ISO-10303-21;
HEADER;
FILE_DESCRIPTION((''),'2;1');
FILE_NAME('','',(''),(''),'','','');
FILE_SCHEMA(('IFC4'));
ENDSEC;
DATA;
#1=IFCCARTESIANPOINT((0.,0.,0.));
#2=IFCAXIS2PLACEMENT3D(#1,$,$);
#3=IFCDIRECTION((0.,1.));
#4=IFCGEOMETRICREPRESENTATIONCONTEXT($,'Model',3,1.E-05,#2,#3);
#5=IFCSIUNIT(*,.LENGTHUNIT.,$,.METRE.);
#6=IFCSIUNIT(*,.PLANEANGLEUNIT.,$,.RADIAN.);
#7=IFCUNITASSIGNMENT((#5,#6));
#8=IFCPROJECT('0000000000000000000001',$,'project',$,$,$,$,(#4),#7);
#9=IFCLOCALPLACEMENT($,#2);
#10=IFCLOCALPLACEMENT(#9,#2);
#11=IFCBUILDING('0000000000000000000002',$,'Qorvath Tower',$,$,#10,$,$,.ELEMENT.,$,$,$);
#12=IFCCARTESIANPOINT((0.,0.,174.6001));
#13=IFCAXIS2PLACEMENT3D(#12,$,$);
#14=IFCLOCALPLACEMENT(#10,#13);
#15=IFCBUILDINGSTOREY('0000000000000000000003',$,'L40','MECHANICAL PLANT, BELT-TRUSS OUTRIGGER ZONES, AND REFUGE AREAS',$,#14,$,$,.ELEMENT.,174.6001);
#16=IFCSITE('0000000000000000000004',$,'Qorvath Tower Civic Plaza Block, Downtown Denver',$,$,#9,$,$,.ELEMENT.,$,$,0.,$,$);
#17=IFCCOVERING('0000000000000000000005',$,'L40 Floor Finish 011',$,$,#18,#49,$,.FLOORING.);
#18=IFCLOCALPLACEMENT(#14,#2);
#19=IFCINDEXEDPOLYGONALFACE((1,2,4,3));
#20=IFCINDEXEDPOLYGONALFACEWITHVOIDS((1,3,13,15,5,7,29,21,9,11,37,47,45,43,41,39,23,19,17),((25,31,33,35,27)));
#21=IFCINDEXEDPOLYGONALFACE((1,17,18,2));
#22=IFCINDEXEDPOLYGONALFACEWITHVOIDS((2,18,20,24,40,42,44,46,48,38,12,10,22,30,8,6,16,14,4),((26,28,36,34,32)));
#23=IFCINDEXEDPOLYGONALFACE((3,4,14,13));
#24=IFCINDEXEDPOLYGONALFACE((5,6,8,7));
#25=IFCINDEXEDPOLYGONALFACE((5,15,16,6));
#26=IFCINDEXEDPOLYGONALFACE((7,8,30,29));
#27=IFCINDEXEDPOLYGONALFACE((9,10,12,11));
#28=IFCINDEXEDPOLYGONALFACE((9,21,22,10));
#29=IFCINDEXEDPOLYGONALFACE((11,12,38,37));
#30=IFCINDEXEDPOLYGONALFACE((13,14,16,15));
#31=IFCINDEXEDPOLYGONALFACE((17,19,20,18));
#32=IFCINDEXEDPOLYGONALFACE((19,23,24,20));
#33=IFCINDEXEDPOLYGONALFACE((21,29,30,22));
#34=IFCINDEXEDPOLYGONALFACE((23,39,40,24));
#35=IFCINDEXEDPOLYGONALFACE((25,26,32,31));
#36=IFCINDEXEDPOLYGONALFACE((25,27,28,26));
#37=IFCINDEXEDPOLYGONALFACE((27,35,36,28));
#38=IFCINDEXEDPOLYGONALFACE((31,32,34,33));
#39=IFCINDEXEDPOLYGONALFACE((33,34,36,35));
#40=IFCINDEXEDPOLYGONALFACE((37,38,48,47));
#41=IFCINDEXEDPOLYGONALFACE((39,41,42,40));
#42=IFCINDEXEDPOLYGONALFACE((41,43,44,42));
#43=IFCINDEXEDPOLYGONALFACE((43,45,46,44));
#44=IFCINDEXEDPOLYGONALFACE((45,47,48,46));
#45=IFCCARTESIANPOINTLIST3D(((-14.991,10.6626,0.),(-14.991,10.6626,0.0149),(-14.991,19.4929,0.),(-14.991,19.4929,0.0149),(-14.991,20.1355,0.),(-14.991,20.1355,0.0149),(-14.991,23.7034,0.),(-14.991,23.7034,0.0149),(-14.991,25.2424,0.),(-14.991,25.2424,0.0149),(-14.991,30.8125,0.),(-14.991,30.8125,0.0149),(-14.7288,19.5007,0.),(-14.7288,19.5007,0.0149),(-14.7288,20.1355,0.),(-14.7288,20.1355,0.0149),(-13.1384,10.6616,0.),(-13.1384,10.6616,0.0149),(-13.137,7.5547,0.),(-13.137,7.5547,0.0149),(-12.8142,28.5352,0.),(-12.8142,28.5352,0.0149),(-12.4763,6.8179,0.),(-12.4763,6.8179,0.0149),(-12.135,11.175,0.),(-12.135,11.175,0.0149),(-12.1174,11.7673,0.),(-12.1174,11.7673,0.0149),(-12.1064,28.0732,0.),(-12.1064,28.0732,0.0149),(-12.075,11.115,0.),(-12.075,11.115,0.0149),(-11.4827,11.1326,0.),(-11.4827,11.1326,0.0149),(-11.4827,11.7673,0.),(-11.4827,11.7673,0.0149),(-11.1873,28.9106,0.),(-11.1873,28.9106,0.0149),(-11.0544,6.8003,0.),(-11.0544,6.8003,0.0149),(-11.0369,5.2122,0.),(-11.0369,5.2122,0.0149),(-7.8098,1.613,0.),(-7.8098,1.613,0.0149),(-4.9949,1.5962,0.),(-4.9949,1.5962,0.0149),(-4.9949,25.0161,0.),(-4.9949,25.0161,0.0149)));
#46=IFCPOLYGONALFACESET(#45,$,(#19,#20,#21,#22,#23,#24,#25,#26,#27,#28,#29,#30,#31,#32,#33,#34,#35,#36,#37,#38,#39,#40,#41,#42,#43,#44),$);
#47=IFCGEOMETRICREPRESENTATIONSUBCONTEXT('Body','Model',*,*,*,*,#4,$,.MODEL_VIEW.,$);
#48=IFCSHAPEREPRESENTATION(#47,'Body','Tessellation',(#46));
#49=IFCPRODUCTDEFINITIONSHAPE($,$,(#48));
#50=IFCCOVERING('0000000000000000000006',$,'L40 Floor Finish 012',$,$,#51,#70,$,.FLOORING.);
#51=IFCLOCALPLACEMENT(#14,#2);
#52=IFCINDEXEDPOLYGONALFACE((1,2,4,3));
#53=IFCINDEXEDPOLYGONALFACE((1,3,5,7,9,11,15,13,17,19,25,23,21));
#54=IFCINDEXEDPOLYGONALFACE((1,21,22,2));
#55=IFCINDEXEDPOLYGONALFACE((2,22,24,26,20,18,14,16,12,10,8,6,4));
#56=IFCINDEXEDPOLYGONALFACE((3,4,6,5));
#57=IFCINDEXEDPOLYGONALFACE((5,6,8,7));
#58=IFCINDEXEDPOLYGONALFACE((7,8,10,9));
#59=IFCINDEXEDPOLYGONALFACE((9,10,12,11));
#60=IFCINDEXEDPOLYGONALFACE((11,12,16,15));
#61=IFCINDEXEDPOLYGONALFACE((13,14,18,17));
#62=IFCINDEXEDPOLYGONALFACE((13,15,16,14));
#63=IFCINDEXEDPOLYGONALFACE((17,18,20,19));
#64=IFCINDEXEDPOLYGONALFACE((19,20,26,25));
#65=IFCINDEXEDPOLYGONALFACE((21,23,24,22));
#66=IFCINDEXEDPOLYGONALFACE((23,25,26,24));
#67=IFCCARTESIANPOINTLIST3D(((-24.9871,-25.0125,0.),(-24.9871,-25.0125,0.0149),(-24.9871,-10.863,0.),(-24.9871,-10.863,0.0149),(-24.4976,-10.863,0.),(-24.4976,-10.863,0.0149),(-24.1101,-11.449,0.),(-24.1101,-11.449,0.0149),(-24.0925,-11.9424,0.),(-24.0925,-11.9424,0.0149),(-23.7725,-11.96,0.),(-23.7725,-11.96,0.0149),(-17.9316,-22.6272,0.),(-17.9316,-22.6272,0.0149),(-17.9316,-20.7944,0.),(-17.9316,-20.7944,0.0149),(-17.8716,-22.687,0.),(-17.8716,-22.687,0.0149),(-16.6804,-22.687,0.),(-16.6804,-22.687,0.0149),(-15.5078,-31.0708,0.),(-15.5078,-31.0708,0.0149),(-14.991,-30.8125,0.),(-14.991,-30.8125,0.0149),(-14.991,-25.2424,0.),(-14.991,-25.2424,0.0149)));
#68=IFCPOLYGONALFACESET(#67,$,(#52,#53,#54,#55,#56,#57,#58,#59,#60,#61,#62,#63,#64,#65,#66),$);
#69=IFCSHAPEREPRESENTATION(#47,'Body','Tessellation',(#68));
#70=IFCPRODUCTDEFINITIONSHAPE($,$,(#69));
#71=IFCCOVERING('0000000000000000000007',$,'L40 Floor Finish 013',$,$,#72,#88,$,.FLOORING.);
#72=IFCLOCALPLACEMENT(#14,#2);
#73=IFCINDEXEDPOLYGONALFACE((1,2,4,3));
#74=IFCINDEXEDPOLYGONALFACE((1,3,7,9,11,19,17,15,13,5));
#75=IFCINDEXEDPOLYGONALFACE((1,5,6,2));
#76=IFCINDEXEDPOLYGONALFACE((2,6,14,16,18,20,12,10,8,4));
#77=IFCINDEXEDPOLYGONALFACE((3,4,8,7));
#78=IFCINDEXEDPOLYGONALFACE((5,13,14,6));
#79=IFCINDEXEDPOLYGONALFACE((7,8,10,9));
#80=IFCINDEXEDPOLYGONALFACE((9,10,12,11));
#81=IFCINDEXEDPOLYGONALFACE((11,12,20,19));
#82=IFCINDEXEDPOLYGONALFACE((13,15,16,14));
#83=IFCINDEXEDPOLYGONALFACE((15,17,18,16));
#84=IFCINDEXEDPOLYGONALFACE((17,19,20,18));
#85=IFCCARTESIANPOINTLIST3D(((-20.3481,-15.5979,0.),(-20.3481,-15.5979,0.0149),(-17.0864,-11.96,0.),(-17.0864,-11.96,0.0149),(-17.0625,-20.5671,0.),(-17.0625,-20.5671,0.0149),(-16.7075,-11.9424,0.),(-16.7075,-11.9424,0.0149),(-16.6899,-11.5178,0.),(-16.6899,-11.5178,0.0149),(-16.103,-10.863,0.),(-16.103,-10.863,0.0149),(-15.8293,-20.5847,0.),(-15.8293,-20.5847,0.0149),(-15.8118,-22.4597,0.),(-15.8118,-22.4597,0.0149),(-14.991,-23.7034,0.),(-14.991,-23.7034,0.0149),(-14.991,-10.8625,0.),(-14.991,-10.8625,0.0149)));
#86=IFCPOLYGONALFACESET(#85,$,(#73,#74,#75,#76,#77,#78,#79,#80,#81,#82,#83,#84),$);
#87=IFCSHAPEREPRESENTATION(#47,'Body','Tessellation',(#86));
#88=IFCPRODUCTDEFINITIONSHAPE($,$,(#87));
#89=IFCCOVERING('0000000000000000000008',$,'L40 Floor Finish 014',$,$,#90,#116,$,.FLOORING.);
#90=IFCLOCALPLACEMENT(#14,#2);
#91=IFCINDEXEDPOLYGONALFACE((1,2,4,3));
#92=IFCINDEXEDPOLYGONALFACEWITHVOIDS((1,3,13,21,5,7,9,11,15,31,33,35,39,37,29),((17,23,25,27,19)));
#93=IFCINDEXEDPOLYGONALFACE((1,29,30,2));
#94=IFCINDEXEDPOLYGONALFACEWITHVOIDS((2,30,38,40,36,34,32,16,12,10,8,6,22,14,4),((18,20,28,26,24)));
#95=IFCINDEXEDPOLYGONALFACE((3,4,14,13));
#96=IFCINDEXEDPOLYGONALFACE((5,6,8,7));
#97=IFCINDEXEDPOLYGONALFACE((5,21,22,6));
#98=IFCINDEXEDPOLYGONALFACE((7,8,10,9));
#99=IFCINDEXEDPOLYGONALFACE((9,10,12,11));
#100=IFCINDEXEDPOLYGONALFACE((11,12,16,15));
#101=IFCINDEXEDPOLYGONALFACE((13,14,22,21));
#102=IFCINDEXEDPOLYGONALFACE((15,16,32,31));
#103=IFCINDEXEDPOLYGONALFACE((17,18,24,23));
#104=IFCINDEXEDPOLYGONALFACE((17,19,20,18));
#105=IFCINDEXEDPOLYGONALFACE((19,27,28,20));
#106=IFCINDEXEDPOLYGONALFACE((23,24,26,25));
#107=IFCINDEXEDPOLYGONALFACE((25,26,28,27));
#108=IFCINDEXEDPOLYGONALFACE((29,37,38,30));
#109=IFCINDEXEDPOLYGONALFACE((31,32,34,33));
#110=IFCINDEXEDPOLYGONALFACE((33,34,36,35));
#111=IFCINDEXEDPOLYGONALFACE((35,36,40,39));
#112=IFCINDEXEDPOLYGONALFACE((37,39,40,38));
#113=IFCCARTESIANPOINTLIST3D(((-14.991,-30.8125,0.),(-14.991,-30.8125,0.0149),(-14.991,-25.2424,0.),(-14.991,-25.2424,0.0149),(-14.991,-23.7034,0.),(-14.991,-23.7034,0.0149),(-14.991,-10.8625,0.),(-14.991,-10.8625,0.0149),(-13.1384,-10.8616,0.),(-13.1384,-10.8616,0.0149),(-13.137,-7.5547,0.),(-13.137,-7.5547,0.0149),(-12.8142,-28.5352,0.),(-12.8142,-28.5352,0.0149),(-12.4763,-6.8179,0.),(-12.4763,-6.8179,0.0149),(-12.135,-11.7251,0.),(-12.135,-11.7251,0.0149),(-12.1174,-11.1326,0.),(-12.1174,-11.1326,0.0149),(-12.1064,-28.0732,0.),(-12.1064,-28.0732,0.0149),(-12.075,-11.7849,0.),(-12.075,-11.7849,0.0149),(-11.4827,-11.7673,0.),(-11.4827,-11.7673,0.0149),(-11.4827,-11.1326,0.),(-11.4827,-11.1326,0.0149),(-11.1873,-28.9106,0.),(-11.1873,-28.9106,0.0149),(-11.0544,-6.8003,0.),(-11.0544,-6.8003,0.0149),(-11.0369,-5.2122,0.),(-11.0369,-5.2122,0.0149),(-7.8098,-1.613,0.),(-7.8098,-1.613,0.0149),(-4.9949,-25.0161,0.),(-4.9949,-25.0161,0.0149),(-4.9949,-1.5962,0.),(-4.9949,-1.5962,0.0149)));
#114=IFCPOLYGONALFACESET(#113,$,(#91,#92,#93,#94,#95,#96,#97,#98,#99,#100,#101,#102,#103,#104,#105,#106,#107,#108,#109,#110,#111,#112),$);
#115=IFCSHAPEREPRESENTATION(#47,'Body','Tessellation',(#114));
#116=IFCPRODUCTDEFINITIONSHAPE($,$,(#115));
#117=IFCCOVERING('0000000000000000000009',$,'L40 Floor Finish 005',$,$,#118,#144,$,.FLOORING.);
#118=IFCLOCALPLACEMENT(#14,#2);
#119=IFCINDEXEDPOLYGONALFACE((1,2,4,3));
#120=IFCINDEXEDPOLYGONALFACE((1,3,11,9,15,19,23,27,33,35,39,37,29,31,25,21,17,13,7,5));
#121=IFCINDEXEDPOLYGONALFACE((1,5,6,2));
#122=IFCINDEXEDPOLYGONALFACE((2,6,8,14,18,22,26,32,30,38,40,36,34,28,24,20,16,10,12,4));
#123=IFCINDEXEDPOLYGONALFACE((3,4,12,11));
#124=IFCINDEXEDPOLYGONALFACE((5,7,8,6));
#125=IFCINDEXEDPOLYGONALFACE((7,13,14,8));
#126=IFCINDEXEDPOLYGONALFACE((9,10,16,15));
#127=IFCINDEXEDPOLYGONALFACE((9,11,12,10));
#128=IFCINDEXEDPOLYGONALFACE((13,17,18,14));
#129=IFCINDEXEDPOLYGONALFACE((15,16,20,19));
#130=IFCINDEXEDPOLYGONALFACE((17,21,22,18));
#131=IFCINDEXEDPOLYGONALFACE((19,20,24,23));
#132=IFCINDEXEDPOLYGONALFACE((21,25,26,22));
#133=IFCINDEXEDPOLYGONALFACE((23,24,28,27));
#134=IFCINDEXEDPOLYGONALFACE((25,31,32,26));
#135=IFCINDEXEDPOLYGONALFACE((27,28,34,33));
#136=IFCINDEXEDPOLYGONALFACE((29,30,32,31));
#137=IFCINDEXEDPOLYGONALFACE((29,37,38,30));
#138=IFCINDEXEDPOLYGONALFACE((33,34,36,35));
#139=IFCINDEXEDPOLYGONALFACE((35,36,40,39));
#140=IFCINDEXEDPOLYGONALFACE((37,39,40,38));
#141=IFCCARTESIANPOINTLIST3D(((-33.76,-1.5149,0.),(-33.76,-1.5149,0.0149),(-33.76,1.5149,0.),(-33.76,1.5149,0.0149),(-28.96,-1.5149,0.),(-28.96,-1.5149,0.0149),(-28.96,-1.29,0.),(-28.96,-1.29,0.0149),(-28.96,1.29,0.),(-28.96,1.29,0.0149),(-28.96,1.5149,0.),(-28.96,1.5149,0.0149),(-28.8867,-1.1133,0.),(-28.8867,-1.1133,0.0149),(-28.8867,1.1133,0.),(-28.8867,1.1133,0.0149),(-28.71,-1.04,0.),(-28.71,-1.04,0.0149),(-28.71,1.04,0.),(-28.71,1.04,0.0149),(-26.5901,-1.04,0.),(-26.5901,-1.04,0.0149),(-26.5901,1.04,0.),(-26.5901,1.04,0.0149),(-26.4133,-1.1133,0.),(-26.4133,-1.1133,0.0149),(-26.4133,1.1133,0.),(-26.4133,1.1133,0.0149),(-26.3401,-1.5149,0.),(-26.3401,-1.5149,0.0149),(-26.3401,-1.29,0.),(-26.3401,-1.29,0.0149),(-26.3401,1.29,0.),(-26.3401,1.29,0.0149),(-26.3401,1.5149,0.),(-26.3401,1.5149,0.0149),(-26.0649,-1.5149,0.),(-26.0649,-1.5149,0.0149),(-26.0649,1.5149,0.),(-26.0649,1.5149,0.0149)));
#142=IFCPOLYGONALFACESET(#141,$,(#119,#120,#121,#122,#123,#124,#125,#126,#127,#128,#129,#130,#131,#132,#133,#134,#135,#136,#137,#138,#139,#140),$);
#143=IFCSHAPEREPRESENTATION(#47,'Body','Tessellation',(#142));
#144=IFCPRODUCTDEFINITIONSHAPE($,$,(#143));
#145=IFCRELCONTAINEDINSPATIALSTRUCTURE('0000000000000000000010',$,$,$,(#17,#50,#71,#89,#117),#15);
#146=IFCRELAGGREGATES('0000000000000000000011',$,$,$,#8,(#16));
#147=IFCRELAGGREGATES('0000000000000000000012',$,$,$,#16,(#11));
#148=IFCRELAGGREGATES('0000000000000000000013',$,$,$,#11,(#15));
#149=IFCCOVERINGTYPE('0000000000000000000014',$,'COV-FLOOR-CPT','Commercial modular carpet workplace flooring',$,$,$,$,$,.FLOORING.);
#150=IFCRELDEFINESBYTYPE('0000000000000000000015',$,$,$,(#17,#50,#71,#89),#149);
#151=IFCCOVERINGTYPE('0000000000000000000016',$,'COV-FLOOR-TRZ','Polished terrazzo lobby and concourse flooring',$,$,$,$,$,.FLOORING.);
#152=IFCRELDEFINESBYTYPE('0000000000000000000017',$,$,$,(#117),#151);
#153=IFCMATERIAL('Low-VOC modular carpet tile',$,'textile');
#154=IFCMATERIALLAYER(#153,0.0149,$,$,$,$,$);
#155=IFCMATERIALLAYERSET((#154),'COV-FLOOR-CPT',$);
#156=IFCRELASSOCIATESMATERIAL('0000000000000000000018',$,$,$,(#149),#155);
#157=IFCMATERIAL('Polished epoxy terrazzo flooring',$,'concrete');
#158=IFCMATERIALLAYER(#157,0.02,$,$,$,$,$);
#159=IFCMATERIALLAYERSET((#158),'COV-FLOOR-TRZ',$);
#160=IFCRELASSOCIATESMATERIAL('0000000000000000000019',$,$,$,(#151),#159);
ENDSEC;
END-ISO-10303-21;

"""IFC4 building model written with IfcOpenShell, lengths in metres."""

from ifc_helpers import new_model, si_unit, direction, frame, origin, place, context, subcontext, project, spatial, polyline, outline, extrude, material, layer, layer_set, type_object, element, save


model = new_model("IFC4")

# Units and contexts
model_context = context("Model", 3, precision=1e-05, world=origin(), true_north=direction((0.0, 1.0)))
body_context = subcontext(model_context, "Body", "Model", "MODEL_VIEW")
ifc_project = project(units=[si_unit("LENGTHUNIT", "METRE"), si_unit("PLANEANGLEUNIT", "RADIAN")], contexts=[model_context])

# Site, building, storey
site_placement = place(None, origin())
site = spatial("IfcSite", under=ifc_project, at=site_placement, Name="Qorvath Tower Civic Plaza Block, Downtown Denver", CompositionType="ELEMENT", RefElevation=0.0)
building_placement = place(site_placement, origin())
building = spatial("IfcBuilding", under=site, at=building_placement, Name="Qorvath Tower", CompositionType="ELEMENT")
storey_placement = place(building_placement, frame((0.0, 0.0, 174.6001)))
storey = spatial("IfcBuildingStorey", under=building, at=storey_placement, Name="L40", Description="MECHANICAL PLANT, BELT-TRUSS OUTRIGGER ZONES, AND REFUGE AREAS", CompositionType="ELEMENT", Elevation=174.6001)

# Coverings
ifc_material_1 = material(Name="Low-VOC modular carpet tile", Category="textile")
ifc_layer_1 = layer(ifc_material_1, 0.0149)
ifc_layer_set_1 = layer_set([ifc_layer_1], Name="COV-FLOOR-CPT")
covering_type_1 = type_object("IfcCoveringType", Name="COV-FLOOR-CPT", Description="Commercial modular carpet workplace flooring", PredefinedType="FLOORING", material=ifc_layer_set_1)
covering_1_placement = place(storey_placement, origin())
element("IfcCovering", 1, at=covering_1_placement, inside=storey, type_object=covering_type_1, Name="L40 Floor Finish 011", PredefinedType="FLOORING", context=body_context, shape_type="SweptSolid", body=[
    extrude(outline(polyline([(-4.9949, 1.5962), (-4.9949, 25.0161), (-11.1873, 28.9106), (-14.991, 30.8125), (-14.991, 25.2424), (-12.8142, 28.5352), (-12.1064, 28.0732), (-14.991, 23.7034), (-14.991, 20.1355), (-14.7288, 20.1355), (-14.7288, 19.5007), (-14.991, 19.4929), (-14.991, 10.6626), (-13.1384, 10.6616), (-13.137, 7.5547), (-12.4763, 6.8179), (-11.0544, 6.8003), (-11.0369, 5.2122), (-7.8098, 1.613), (-4.9949, 1.5962)]), holes=[polyline([(-12.135, 11.175), (-12.1174, 11.7673), (-11.4827, 11.7673), (-11.4827, 11.1326), (-12.075, 11.115), (-12.135, 11.175)])]), origin(), (0.0, 0.0, 1.0), 0.0149),
])
covering_2_placement = place(storey_placement, origin())
element("IfcCovering", 2, at=covering_2_placement, inside=storey, type_object=covering_type_1, Name="L40 Floor Finish 012", PredefinedType="FLOORING", context=body_context, shape_type="SweptSolid", body=[
    extrude(outline(polyline([(-17.9316, -22.6272), (-17.9316, -20.7944), (-23.7725, -11.96), (-24.0925, -11.9424), (-24.1101, -11.449), (-24.4976, -10.863), (-24.9871, -10.863), (-24.9871, -25.0125), (-15.5078, -31.0708), (-14.991, -30.8125), (-14.991, -25.2424), (-16.6804, -22.687), (-17.8716, -22.687), (-17.9316, -22.6272)])), origin(), (0.0, 0.0, 1.0), 0.0149),
])
covering_3_placement = place(storey_placement, origin())
element("IfcCovering", 3, at=covering_3_placement, inside=storey, type_object=covering_type_1, Name="L40 Floor Finish 013", PredefinedType="FLOORING", context=body_context, shape_type="SweptSolid", body=[
    extrude(outline(polyline([(-14.991, -23.7034), (-14.991, -10.8625), (-16.103, -10.863), (-16.6899, -11.5178), (-16.7075, -11.9424), (-17.0864, -11.96), (-20.3481, -15.5979), (-17.0625, -20.5671), (-15.8293, -20.5847), (-15.8118, -22.4597), (-14.991, -23.7034)])), origin(), (0.0, 0.0, 1.0), 0.0149),
])
covering_4_placement = place(storey_placement, origin())
element("IfcCovering", 4, at=covering_4_placement, inside=storey, type_object=covering_type_1, Name="L40 Floor Finish 014", PredefinedType="FLOORING", context=body_context, shape_type="SweptSolid", body=[
    extrude(outline(polyline([(-14.991, -25.2424), (-14.991, -30.8125), (-11.1873, -28.9106), (-4.9949, -25.0161), (-4.9949, -1.5962), (-7.8098, -1.613), (-11.0369, -5.2122), (-11.0544, -6.8003), (-12.4763, -6.8179), (-13.137, -7.5547), (-13.1384, -10.8616), (-14.991, -10.8625), (-14.991, -23.7034), (-12.1064, -28.0732), (-12.8142, -28.5352), (-14.991, -25.2424)]), holes=[polyline([(-12.135, -11.7251), (-12.1174, -11.1326), (-11.4827, -11.1326), (-11.4827, -11.7673), (-12.075, -11.7849), (-12.135, -11.7251)])]), origin(), (0.0, 0.0, 1.0), 0.0149),
])
ifc_material_2 = material(Name="Polished epoxy terrazzo flooring", Category="concrete")
ifc_layer_2 = layer(ifc_material_2, 0.02)
ifc_layer_set_2 = layer_set([ifc_layer_2], Name="COV-FLOOR-TRZ")
covering_type_2 = type_object("IfcCoveringType", Name="COV-FLOOR-TRZ", Description="Polished terrazzo lobby and concourse flooring", PredefinedType="FLOORING", material=ifc_layer_set_2)
covering_5_placement = place(storey_placement, origin())
element("IfcCovering", 5, at=covering_5_placement, inside=storey, type_object=covering_type_2, Name="L40 Floor Finish 005", PredefinedType="FLOORING", context=body_context, shape_type="SweptSolid", body=[
    extrude(outline(polyline([(-26.0649, -1.5149), (-26.0649, 1.5149), (-26.3401, 1.5149), (-26.3401, 1.29), (-26.4133, 1.1133), (-26.5901, 1.04), (-28.71, 1.04), (-28.8867, 1.1133), (-28.96, 1.29), (-28.96, 1.5149), (-33.76, 1.5149), (-33.76, -1.5149), (-28.96, -1.5149), (-28.96, -1.29), (-28.8867, -1.1133), (-28.71, -1.04), (-26.5901, -1.04), (-26.4133, -1.1133), (-26.3401, -1.29), (-26.3401, -1.5149), (-26.0649, -1.5149)])), origin(), (0.0, 0.0, 1.0), 0.0149),
])

save(model, "model.ifc")
